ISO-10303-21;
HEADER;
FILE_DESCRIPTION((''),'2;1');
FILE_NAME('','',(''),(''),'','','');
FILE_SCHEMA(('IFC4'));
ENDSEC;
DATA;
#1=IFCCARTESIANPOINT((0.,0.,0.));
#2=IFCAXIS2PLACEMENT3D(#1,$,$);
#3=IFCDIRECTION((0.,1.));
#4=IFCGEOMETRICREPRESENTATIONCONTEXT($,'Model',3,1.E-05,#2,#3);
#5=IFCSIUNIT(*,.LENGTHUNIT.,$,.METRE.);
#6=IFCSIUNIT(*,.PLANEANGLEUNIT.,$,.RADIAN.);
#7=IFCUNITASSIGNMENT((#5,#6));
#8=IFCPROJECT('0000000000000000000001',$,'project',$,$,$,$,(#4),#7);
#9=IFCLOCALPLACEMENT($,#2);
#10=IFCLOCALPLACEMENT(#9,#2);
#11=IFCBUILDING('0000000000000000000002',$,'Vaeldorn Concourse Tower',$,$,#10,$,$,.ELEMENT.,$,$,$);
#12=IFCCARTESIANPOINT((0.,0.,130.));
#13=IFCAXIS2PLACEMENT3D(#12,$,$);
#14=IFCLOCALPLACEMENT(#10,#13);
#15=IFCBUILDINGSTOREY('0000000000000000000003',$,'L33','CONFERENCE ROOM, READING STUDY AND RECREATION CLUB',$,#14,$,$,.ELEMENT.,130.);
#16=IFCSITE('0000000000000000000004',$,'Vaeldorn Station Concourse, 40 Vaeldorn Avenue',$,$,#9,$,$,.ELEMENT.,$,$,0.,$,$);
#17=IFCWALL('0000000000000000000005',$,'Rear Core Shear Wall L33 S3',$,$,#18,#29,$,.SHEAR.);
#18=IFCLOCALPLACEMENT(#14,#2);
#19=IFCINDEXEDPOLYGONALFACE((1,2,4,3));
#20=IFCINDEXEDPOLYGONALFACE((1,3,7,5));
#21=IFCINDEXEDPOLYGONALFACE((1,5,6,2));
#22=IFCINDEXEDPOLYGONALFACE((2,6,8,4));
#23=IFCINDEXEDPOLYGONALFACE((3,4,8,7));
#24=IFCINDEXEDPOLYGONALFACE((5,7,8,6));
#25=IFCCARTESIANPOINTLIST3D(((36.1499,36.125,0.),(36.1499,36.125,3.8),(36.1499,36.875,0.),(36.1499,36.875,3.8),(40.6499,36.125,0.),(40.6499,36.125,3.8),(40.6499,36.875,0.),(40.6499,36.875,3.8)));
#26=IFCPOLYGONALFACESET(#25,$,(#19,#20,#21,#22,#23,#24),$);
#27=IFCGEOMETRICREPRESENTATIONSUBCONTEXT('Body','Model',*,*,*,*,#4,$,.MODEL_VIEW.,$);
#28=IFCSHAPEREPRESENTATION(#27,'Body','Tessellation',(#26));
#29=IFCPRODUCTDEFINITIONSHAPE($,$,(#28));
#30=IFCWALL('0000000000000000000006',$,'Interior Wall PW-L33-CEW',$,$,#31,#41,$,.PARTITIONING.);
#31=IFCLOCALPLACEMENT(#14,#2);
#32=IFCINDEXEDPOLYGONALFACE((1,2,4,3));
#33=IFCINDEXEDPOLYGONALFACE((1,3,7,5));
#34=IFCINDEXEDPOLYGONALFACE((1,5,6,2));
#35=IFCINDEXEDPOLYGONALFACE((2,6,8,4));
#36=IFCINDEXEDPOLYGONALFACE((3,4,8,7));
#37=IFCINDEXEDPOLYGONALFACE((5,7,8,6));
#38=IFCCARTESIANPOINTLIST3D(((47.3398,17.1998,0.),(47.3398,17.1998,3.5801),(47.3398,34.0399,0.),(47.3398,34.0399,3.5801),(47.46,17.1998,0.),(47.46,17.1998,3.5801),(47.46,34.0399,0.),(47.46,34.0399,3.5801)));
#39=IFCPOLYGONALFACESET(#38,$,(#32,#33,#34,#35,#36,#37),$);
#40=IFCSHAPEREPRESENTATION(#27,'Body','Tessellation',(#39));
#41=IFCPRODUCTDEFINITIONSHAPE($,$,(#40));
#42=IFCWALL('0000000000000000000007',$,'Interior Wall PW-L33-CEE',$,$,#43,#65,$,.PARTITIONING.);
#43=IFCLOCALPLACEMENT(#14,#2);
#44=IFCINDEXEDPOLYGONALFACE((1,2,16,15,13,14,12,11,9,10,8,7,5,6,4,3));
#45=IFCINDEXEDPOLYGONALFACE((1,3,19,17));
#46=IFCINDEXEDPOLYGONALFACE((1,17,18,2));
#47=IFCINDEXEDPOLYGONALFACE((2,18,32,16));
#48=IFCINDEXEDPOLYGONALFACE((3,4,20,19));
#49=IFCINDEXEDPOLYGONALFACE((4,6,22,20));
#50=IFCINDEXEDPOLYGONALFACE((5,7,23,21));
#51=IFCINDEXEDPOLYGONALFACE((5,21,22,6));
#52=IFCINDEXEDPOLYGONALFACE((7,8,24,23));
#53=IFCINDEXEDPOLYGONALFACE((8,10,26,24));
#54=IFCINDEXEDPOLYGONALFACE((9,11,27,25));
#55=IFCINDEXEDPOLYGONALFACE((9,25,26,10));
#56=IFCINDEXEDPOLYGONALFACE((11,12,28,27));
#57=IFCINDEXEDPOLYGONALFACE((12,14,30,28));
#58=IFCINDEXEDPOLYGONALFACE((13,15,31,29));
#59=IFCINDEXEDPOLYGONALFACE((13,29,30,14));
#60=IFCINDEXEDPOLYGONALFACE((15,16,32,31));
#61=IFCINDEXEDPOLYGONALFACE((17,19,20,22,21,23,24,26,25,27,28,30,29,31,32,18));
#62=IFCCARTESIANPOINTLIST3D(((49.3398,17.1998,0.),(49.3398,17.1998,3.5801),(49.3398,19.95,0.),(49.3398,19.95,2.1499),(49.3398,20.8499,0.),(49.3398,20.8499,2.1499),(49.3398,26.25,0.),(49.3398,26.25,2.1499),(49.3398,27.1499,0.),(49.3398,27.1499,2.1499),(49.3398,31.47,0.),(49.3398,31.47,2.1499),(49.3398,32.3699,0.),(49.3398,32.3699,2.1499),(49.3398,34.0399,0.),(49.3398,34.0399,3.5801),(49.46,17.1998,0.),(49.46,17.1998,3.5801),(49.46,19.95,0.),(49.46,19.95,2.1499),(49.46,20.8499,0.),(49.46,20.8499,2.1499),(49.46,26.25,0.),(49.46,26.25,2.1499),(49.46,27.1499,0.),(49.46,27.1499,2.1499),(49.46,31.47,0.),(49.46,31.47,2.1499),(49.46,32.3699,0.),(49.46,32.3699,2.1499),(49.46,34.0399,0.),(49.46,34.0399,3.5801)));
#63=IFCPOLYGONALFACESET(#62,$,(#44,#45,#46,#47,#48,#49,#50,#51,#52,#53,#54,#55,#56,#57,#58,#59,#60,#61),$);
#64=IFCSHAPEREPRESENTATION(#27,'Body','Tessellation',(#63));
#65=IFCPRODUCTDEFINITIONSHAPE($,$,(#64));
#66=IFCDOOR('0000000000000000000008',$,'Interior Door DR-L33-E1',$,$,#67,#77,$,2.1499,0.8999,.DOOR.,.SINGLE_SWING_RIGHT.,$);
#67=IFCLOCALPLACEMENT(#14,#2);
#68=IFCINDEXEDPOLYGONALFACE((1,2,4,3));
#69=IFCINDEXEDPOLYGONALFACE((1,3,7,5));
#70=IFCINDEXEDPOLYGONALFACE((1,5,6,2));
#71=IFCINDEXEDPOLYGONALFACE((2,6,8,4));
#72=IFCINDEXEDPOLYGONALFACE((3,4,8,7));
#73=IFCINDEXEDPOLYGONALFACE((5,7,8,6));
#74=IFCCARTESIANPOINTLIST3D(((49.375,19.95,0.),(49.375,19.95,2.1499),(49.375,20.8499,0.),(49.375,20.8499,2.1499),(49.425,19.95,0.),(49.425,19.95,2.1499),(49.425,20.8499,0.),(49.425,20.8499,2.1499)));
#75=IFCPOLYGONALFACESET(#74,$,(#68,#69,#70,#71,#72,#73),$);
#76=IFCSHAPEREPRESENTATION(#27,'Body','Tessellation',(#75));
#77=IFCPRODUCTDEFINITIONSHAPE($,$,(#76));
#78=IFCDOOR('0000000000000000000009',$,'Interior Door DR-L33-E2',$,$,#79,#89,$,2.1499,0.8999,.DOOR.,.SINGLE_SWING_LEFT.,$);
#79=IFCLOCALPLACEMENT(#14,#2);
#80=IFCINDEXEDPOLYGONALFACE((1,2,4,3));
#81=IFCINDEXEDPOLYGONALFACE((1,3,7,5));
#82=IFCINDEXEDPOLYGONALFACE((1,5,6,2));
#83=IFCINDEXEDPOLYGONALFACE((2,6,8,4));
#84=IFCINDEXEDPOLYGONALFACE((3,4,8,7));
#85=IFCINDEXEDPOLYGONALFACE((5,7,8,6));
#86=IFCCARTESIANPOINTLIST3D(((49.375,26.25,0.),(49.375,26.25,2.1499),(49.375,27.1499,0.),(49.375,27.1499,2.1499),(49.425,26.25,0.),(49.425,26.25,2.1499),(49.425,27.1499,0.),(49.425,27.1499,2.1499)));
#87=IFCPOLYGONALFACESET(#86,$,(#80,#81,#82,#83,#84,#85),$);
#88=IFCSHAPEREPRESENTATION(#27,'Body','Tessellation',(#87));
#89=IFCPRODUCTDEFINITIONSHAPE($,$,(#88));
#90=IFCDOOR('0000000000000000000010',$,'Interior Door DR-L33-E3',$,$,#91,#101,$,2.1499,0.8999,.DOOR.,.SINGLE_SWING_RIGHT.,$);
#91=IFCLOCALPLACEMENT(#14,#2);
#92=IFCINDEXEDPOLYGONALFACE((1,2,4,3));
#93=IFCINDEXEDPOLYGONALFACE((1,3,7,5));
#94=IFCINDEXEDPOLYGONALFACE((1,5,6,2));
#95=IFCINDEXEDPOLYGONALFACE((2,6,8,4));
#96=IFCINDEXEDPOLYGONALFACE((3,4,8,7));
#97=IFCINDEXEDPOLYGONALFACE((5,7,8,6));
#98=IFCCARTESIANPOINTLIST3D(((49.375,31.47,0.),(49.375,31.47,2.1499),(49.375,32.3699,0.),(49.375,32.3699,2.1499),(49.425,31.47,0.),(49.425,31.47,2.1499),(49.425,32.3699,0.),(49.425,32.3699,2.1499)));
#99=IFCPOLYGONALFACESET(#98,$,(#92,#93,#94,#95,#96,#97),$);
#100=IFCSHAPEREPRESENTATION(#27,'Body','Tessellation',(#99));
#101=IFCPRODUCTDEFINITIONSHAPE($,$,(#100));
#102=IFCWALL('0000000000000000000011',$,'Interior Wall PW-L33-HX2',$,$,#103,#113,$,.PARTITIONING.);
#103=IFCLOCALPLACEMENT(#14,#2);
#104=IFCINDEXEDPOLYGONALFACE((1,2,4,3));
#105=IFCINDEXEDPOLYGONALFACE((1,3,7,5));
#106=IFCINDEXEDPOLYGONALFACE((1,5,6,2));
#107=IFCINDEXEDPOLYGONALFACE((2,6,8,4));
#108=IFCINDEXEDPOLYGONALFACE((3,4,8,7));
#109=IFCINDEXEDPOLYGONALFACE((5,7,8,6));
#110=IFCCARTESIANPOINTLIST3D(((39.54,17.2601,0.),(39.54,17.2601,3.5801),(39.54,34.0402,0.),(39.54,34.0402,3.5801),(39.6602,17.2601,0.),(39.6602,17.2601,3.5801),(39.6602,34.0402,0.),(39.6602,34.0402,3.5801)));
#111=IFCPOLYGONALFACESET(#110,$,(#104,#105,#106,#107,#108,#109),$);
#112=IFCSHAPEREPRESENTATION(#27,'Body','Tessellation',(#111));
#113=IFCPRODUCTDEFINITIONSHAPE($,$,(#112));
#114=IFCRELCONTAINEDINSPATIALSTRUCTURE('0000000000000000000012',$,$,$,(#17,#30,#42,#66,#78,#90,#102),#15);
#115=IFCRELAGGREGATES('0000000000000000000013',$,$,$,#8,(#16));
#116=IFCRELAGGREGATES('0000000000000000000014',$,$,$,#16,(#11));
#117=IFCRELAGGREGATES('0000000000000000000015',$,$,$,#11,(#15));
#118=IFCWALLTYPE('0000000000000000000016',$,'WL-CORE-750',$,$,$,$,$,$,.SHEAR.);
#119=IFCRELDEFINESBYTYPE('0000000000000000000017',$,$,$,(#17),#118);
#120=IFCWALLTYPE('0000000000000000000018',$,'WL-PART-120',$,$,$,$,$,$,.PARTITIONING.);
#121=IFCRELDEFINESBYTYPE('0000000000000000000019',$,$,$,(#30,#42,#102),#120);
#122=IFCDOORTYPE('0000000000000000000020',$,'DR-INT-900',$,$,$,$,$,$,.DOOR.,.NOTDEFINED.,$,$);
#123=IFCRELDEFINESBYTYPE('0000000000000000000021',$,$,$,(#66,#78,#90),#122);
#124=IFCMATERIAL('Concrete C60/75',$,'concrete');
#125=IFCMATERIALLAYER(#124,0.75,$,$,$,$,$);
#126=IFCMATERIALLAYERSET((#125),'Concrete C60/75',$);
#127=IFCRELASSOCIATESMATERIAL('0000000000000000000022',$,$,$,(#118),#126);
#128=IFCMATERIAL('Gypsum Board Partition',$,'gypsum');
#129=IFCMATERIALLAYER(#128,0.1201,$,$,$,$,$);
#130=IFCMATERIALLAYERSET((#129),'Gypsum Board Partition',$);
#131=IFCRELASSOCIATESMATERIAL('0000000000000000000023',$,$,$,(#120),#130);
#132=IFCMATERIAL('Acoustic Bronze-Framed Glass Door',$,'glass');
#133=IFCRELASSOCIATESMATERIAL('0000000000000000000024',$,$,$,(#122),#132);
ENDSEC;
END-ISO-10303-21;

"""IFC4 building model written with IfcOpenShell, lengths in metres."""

from ifc_helpers import new_model, si_unit, direction, frame, frame_2d, origin, place, context, subcontext, project, spatial, rectangle, extrude, source, transform, mapped, material, layer, layer_set, type_object, element, fill, save


model = new_model("IFC4")

# Units and contexts
model_context = context("Model", 3, precision=1e-05, world=origin(), true_north=direction((0.0, 1.0)))
body_context = subcontext(model_context, "Body", "Model", "MODEL_VIEW")
ifc_project = project(units=[si_unit("LENGTHUNIT", "METRE"), si_unit("PLANEANGLEUNIT", "RADIAN")], contexts=[model_context])

# Site, building, storey
site_placement = place(None, origin())
site = spatial("IfcSite", under=ifc_project, at=site_placement, Name="Vaeldorn Station Concourse, 40 Vaeldorn Avenue", CompositionType="ELEMENT", RefElevation=0.0)
building_placement = place(site_placement, origin())
building = spatial("IfcBuilding", under=site, at=building_placement, Name="Vaeldorn Concourse Tower", CompositionType="ELEMENT")
storey_placement = place(building_placement, frame((0.0, 0.0, 130.0)))
storey = spatial("IfcBuildingStorey", under=building, at=storey_placement, Name="L33", Description="CONFERENCE ROOM, READING STUDY AND RECREATION CLUB", CompositionType="ELEMENT", Elevation=130.0)

# Walls
ifc_material_1 = material(Name="Concrete C60/75", Category="concrete")
ifc_layer_1 = layer(ifc_material_1, 0.75)
ifc_layer_set_1 = layer_set([ifc_layer_1], Name="Concrete C60/75")
wall_type_1 = type_object("IfcWallType", Name="WL-CORE-750", PredefinedType="SHEAR", material=ifc_layer_set_1)
wall_1_placement = place(storey_placement, frame((36.1499, 36.5, 0.0), z_axis=(0.0, 0.0, 1.0), x_axis=(1.0, 0.0, 0.0)))
element("IfcWall", 1, at=wall_1_placement, inside=storey, type_object=wall_type_1, Name="Rear Core Shear Wall L33 S3", PredefinedType="SHEAR", context=body_context, shape_type="SweptSolid", body=[
    extrude(rectangle(XDim=4.5, YDim=0.75, at=frame_2d((2.25, 0.0))), origin(), (0.0, 0.0, 1.0), 3.8),
])
ifc_material_2 = material(Name="Gypsum Board Partition", Category="gypsum")
ifc_layer_2 = layer(ifc_material_2, 0.1201)
ifc_layer_set_2 = layer_set([ifc_layer_2], Name="Gypsum Board Partition")
wall_type_2 = type_object("IfcWallType", Name="WL-PART-120", PredefinedType="PARTITIONING", material=ifc_layer_set_2)
wall_2_placement = place(storey_placement, frame((47.3999, 17.2, 0.0), z_axis=(0.0, 0.0, 1.0), x_axis=(0.0, 1.0, 0.0)))
element("IfcWall", 2, at=wall_2_placement, inside=storey, type_object=wall_type_2, Name="Interior Wall PW-L33-CEW", PredefinedType="PARTITIONING", context=body_context, shape_type="SweptSolid", body=[
    extrude(rectangle(XDim=16.8401, YDim=0.1201, at=frame_2d((8.4199, 0.0))), origin(), (0.0, 0.0, 1.0), 3.5801),
])

# Wall, openings, doors
wall_3_placement = place(storey_placement, frame((49.3999, 17.2, 0.0), z_axis=(0.0, 0.0, 1.0), x_axis=(0.0, 1.0, 0.0)))
wall_3 = element("IfcWall", 3, at=wall_3_placement, inside=storey, type_object=wall_type_2, Name="Interior Wall PW-L33-CEE", PredefinedType="PARTITIONING", context=body_context, shape_type="SweptSolid", body=[
    extrude(rectangle(XDim=16.8401, YDim=0.1201, at=frame_2d((8.4199, 0.0))), origin(), (0.0, 0.0, 1.0), 3.5801),
])
opening_1_placement = place(wall_3_placement, frame((2.75, 0.0, 0.0)))
opening_1 = element("IfcOpeningElement", 4, at=opening_1_placement, cuts=wall_3, PredefinedType="OPENING", context=body_context, shape_type="SweptSolid", body=[
    extrude(rectangle(XDim=0.8999, YDim=2.1499, at=frame_2d((0.45, 1.075))), frame((0.0, 0.0701, 0.0), z_axis=(0.0, -1.0, 0.0), x_axis=(1.0, 0.0, 0.0)), (0.0, 0.0, 1.0), 0.1401),
])
opening_2_placement = place(wall_3_placement, frame((9.05, 0.0, 0.0)))
opening_2 = element("IfcOpeningElement", 5, at=opening_2_placement, cuts=wall_3, PredefinedType="OPENING", context=body_context, shape_type="SweptSolid", body=[
    extrude(rectangle(XDim=0.8999, YDim=2.1499, at=frame_2d((0.45, 1.075))), frame((0.0, 0.0701, 0.0), z_axis=(0.0, -1.0, 0.0), x_axis=(1.0, 0.0, 0.0)), (0.0, 0.0, 1.0), 0.1401),
])
opening_3_placement = place(wall_3_placement, frame((14.27, 0.0, 0.0)))
opening_3 = element("IfcOpeningElement", 6, at=opening_3_placement, cuts=wall_3, PredefinedType="OPENING", context=body_context, shape_type="SweptSolid", body=[
    extrude(rectangle(XDim=0.8999, YDim=2.1499, at=frame_2d((0.45, 1.075))), frame((0.0, 0.0701, 0.0), z_axis=(0.0, -1.0, 0.0), x_axis=(1.0, 0.0, 0.0)), (0.0, 0.0, 1.0), 0.1401),
])
ifc_material_3 = material(Name="Acoustic Bronze-Framed Glass Door", Category="glass")
door_type = type_object("IfcDoorType", Name="DR-INT-900", OperationType="NOTDEFINED", PredefinedType="DOOR", material=ifc_material_3)
shared_shape_1 = source(origin(), body_context, "Body", "SweptSolid", [
    extrude(rectangle(XDim=0.8999, YDim=2.1499, at=frame_2d((0.45, 1.075))), frame((0.0, 0.0249, 0.0), z_axis=(0.0, -1.0, 0.0), x_axis=(1.0, 0.0, 0.0)), (0.0, 0.0, 1.0), 0.05),
])
door_1_placement = place(opening_1_placement, origin())
door_1 = element("IfcDoor", 7, at=door_1_placement, inside=storey, type_object=door_type, Name="Interior Door DR-L33-E1", OperationType="SINGLE_SWING_RIGHT", OverallHeight=2.1499, OverallWidth=0.8999, PredefinedType="DOOR", context=body_context, shape_type="MappedRepresentation", body=[
    mapped(shared_shape_1, transform((0.0, 0.0, 0.0), scale=1.0)),
])
fill(opening_1, door_1)
door_2_placement = place(opening_2_placement, origin())
door_2 = element("IfcDoor", 8, at=door_2_placement, inside=storey, type_object=door_type, Name="Interior Door DR-L33-E2", OperationType="SINGLE_SWING_LEFT", OverallHeight=2.1499, OverallWidth=0.8999, PredefinedType="DOOR", context=body_context, shape_type="MappedRepresentation", body=[
    mapped(shared_shape_1, transform((0.0, 0.0, 0.0), scale=1.0)),
])
fill(opening_2, door_2)
door_3_placement = place(opening_3_placement, origin())
door_3 = element("IfcDoor", 9, at=door_3_placement, inside=storey, type_object=door_type, Name="Interior Door DR-L33-E3", OperationType="SINGLE_SWING_RIGHT", OverallHeight=2.1499, OverallWidth=0.8999, PredefinedType="DOOR", context=body_context, shape_type="MappedRepresentation", body=[
    mapped(shared_shape_1, transform((0.0, 0.0, 0.0), scale=1.0)),
])
fill(opening_3, door_3)

# Wall
wall_4_placement = place(storey_placement, frame((39.6001, 17.26, 0.0), z_axis=(0.0, 0.0, 1.0), x_axis=(0.0, 1.0, 0.0)))
element("IfcWall", 10, at=wall_4_placement, inside=storey, type_object=wall_type_2, Name="Interior Wall PW-L33-HX2", PredefinedType="PARTITIONING", context=body_context, shape_type="SweptSolid", body=[
    extrude(rectangle(XDim=16.78, YDim=0.1201, at=frame_2d((8.3901, 0.0))), origin(), (0.0, 0.0, 1.0), 3.5801),
])

save(model, "model.ifc")
